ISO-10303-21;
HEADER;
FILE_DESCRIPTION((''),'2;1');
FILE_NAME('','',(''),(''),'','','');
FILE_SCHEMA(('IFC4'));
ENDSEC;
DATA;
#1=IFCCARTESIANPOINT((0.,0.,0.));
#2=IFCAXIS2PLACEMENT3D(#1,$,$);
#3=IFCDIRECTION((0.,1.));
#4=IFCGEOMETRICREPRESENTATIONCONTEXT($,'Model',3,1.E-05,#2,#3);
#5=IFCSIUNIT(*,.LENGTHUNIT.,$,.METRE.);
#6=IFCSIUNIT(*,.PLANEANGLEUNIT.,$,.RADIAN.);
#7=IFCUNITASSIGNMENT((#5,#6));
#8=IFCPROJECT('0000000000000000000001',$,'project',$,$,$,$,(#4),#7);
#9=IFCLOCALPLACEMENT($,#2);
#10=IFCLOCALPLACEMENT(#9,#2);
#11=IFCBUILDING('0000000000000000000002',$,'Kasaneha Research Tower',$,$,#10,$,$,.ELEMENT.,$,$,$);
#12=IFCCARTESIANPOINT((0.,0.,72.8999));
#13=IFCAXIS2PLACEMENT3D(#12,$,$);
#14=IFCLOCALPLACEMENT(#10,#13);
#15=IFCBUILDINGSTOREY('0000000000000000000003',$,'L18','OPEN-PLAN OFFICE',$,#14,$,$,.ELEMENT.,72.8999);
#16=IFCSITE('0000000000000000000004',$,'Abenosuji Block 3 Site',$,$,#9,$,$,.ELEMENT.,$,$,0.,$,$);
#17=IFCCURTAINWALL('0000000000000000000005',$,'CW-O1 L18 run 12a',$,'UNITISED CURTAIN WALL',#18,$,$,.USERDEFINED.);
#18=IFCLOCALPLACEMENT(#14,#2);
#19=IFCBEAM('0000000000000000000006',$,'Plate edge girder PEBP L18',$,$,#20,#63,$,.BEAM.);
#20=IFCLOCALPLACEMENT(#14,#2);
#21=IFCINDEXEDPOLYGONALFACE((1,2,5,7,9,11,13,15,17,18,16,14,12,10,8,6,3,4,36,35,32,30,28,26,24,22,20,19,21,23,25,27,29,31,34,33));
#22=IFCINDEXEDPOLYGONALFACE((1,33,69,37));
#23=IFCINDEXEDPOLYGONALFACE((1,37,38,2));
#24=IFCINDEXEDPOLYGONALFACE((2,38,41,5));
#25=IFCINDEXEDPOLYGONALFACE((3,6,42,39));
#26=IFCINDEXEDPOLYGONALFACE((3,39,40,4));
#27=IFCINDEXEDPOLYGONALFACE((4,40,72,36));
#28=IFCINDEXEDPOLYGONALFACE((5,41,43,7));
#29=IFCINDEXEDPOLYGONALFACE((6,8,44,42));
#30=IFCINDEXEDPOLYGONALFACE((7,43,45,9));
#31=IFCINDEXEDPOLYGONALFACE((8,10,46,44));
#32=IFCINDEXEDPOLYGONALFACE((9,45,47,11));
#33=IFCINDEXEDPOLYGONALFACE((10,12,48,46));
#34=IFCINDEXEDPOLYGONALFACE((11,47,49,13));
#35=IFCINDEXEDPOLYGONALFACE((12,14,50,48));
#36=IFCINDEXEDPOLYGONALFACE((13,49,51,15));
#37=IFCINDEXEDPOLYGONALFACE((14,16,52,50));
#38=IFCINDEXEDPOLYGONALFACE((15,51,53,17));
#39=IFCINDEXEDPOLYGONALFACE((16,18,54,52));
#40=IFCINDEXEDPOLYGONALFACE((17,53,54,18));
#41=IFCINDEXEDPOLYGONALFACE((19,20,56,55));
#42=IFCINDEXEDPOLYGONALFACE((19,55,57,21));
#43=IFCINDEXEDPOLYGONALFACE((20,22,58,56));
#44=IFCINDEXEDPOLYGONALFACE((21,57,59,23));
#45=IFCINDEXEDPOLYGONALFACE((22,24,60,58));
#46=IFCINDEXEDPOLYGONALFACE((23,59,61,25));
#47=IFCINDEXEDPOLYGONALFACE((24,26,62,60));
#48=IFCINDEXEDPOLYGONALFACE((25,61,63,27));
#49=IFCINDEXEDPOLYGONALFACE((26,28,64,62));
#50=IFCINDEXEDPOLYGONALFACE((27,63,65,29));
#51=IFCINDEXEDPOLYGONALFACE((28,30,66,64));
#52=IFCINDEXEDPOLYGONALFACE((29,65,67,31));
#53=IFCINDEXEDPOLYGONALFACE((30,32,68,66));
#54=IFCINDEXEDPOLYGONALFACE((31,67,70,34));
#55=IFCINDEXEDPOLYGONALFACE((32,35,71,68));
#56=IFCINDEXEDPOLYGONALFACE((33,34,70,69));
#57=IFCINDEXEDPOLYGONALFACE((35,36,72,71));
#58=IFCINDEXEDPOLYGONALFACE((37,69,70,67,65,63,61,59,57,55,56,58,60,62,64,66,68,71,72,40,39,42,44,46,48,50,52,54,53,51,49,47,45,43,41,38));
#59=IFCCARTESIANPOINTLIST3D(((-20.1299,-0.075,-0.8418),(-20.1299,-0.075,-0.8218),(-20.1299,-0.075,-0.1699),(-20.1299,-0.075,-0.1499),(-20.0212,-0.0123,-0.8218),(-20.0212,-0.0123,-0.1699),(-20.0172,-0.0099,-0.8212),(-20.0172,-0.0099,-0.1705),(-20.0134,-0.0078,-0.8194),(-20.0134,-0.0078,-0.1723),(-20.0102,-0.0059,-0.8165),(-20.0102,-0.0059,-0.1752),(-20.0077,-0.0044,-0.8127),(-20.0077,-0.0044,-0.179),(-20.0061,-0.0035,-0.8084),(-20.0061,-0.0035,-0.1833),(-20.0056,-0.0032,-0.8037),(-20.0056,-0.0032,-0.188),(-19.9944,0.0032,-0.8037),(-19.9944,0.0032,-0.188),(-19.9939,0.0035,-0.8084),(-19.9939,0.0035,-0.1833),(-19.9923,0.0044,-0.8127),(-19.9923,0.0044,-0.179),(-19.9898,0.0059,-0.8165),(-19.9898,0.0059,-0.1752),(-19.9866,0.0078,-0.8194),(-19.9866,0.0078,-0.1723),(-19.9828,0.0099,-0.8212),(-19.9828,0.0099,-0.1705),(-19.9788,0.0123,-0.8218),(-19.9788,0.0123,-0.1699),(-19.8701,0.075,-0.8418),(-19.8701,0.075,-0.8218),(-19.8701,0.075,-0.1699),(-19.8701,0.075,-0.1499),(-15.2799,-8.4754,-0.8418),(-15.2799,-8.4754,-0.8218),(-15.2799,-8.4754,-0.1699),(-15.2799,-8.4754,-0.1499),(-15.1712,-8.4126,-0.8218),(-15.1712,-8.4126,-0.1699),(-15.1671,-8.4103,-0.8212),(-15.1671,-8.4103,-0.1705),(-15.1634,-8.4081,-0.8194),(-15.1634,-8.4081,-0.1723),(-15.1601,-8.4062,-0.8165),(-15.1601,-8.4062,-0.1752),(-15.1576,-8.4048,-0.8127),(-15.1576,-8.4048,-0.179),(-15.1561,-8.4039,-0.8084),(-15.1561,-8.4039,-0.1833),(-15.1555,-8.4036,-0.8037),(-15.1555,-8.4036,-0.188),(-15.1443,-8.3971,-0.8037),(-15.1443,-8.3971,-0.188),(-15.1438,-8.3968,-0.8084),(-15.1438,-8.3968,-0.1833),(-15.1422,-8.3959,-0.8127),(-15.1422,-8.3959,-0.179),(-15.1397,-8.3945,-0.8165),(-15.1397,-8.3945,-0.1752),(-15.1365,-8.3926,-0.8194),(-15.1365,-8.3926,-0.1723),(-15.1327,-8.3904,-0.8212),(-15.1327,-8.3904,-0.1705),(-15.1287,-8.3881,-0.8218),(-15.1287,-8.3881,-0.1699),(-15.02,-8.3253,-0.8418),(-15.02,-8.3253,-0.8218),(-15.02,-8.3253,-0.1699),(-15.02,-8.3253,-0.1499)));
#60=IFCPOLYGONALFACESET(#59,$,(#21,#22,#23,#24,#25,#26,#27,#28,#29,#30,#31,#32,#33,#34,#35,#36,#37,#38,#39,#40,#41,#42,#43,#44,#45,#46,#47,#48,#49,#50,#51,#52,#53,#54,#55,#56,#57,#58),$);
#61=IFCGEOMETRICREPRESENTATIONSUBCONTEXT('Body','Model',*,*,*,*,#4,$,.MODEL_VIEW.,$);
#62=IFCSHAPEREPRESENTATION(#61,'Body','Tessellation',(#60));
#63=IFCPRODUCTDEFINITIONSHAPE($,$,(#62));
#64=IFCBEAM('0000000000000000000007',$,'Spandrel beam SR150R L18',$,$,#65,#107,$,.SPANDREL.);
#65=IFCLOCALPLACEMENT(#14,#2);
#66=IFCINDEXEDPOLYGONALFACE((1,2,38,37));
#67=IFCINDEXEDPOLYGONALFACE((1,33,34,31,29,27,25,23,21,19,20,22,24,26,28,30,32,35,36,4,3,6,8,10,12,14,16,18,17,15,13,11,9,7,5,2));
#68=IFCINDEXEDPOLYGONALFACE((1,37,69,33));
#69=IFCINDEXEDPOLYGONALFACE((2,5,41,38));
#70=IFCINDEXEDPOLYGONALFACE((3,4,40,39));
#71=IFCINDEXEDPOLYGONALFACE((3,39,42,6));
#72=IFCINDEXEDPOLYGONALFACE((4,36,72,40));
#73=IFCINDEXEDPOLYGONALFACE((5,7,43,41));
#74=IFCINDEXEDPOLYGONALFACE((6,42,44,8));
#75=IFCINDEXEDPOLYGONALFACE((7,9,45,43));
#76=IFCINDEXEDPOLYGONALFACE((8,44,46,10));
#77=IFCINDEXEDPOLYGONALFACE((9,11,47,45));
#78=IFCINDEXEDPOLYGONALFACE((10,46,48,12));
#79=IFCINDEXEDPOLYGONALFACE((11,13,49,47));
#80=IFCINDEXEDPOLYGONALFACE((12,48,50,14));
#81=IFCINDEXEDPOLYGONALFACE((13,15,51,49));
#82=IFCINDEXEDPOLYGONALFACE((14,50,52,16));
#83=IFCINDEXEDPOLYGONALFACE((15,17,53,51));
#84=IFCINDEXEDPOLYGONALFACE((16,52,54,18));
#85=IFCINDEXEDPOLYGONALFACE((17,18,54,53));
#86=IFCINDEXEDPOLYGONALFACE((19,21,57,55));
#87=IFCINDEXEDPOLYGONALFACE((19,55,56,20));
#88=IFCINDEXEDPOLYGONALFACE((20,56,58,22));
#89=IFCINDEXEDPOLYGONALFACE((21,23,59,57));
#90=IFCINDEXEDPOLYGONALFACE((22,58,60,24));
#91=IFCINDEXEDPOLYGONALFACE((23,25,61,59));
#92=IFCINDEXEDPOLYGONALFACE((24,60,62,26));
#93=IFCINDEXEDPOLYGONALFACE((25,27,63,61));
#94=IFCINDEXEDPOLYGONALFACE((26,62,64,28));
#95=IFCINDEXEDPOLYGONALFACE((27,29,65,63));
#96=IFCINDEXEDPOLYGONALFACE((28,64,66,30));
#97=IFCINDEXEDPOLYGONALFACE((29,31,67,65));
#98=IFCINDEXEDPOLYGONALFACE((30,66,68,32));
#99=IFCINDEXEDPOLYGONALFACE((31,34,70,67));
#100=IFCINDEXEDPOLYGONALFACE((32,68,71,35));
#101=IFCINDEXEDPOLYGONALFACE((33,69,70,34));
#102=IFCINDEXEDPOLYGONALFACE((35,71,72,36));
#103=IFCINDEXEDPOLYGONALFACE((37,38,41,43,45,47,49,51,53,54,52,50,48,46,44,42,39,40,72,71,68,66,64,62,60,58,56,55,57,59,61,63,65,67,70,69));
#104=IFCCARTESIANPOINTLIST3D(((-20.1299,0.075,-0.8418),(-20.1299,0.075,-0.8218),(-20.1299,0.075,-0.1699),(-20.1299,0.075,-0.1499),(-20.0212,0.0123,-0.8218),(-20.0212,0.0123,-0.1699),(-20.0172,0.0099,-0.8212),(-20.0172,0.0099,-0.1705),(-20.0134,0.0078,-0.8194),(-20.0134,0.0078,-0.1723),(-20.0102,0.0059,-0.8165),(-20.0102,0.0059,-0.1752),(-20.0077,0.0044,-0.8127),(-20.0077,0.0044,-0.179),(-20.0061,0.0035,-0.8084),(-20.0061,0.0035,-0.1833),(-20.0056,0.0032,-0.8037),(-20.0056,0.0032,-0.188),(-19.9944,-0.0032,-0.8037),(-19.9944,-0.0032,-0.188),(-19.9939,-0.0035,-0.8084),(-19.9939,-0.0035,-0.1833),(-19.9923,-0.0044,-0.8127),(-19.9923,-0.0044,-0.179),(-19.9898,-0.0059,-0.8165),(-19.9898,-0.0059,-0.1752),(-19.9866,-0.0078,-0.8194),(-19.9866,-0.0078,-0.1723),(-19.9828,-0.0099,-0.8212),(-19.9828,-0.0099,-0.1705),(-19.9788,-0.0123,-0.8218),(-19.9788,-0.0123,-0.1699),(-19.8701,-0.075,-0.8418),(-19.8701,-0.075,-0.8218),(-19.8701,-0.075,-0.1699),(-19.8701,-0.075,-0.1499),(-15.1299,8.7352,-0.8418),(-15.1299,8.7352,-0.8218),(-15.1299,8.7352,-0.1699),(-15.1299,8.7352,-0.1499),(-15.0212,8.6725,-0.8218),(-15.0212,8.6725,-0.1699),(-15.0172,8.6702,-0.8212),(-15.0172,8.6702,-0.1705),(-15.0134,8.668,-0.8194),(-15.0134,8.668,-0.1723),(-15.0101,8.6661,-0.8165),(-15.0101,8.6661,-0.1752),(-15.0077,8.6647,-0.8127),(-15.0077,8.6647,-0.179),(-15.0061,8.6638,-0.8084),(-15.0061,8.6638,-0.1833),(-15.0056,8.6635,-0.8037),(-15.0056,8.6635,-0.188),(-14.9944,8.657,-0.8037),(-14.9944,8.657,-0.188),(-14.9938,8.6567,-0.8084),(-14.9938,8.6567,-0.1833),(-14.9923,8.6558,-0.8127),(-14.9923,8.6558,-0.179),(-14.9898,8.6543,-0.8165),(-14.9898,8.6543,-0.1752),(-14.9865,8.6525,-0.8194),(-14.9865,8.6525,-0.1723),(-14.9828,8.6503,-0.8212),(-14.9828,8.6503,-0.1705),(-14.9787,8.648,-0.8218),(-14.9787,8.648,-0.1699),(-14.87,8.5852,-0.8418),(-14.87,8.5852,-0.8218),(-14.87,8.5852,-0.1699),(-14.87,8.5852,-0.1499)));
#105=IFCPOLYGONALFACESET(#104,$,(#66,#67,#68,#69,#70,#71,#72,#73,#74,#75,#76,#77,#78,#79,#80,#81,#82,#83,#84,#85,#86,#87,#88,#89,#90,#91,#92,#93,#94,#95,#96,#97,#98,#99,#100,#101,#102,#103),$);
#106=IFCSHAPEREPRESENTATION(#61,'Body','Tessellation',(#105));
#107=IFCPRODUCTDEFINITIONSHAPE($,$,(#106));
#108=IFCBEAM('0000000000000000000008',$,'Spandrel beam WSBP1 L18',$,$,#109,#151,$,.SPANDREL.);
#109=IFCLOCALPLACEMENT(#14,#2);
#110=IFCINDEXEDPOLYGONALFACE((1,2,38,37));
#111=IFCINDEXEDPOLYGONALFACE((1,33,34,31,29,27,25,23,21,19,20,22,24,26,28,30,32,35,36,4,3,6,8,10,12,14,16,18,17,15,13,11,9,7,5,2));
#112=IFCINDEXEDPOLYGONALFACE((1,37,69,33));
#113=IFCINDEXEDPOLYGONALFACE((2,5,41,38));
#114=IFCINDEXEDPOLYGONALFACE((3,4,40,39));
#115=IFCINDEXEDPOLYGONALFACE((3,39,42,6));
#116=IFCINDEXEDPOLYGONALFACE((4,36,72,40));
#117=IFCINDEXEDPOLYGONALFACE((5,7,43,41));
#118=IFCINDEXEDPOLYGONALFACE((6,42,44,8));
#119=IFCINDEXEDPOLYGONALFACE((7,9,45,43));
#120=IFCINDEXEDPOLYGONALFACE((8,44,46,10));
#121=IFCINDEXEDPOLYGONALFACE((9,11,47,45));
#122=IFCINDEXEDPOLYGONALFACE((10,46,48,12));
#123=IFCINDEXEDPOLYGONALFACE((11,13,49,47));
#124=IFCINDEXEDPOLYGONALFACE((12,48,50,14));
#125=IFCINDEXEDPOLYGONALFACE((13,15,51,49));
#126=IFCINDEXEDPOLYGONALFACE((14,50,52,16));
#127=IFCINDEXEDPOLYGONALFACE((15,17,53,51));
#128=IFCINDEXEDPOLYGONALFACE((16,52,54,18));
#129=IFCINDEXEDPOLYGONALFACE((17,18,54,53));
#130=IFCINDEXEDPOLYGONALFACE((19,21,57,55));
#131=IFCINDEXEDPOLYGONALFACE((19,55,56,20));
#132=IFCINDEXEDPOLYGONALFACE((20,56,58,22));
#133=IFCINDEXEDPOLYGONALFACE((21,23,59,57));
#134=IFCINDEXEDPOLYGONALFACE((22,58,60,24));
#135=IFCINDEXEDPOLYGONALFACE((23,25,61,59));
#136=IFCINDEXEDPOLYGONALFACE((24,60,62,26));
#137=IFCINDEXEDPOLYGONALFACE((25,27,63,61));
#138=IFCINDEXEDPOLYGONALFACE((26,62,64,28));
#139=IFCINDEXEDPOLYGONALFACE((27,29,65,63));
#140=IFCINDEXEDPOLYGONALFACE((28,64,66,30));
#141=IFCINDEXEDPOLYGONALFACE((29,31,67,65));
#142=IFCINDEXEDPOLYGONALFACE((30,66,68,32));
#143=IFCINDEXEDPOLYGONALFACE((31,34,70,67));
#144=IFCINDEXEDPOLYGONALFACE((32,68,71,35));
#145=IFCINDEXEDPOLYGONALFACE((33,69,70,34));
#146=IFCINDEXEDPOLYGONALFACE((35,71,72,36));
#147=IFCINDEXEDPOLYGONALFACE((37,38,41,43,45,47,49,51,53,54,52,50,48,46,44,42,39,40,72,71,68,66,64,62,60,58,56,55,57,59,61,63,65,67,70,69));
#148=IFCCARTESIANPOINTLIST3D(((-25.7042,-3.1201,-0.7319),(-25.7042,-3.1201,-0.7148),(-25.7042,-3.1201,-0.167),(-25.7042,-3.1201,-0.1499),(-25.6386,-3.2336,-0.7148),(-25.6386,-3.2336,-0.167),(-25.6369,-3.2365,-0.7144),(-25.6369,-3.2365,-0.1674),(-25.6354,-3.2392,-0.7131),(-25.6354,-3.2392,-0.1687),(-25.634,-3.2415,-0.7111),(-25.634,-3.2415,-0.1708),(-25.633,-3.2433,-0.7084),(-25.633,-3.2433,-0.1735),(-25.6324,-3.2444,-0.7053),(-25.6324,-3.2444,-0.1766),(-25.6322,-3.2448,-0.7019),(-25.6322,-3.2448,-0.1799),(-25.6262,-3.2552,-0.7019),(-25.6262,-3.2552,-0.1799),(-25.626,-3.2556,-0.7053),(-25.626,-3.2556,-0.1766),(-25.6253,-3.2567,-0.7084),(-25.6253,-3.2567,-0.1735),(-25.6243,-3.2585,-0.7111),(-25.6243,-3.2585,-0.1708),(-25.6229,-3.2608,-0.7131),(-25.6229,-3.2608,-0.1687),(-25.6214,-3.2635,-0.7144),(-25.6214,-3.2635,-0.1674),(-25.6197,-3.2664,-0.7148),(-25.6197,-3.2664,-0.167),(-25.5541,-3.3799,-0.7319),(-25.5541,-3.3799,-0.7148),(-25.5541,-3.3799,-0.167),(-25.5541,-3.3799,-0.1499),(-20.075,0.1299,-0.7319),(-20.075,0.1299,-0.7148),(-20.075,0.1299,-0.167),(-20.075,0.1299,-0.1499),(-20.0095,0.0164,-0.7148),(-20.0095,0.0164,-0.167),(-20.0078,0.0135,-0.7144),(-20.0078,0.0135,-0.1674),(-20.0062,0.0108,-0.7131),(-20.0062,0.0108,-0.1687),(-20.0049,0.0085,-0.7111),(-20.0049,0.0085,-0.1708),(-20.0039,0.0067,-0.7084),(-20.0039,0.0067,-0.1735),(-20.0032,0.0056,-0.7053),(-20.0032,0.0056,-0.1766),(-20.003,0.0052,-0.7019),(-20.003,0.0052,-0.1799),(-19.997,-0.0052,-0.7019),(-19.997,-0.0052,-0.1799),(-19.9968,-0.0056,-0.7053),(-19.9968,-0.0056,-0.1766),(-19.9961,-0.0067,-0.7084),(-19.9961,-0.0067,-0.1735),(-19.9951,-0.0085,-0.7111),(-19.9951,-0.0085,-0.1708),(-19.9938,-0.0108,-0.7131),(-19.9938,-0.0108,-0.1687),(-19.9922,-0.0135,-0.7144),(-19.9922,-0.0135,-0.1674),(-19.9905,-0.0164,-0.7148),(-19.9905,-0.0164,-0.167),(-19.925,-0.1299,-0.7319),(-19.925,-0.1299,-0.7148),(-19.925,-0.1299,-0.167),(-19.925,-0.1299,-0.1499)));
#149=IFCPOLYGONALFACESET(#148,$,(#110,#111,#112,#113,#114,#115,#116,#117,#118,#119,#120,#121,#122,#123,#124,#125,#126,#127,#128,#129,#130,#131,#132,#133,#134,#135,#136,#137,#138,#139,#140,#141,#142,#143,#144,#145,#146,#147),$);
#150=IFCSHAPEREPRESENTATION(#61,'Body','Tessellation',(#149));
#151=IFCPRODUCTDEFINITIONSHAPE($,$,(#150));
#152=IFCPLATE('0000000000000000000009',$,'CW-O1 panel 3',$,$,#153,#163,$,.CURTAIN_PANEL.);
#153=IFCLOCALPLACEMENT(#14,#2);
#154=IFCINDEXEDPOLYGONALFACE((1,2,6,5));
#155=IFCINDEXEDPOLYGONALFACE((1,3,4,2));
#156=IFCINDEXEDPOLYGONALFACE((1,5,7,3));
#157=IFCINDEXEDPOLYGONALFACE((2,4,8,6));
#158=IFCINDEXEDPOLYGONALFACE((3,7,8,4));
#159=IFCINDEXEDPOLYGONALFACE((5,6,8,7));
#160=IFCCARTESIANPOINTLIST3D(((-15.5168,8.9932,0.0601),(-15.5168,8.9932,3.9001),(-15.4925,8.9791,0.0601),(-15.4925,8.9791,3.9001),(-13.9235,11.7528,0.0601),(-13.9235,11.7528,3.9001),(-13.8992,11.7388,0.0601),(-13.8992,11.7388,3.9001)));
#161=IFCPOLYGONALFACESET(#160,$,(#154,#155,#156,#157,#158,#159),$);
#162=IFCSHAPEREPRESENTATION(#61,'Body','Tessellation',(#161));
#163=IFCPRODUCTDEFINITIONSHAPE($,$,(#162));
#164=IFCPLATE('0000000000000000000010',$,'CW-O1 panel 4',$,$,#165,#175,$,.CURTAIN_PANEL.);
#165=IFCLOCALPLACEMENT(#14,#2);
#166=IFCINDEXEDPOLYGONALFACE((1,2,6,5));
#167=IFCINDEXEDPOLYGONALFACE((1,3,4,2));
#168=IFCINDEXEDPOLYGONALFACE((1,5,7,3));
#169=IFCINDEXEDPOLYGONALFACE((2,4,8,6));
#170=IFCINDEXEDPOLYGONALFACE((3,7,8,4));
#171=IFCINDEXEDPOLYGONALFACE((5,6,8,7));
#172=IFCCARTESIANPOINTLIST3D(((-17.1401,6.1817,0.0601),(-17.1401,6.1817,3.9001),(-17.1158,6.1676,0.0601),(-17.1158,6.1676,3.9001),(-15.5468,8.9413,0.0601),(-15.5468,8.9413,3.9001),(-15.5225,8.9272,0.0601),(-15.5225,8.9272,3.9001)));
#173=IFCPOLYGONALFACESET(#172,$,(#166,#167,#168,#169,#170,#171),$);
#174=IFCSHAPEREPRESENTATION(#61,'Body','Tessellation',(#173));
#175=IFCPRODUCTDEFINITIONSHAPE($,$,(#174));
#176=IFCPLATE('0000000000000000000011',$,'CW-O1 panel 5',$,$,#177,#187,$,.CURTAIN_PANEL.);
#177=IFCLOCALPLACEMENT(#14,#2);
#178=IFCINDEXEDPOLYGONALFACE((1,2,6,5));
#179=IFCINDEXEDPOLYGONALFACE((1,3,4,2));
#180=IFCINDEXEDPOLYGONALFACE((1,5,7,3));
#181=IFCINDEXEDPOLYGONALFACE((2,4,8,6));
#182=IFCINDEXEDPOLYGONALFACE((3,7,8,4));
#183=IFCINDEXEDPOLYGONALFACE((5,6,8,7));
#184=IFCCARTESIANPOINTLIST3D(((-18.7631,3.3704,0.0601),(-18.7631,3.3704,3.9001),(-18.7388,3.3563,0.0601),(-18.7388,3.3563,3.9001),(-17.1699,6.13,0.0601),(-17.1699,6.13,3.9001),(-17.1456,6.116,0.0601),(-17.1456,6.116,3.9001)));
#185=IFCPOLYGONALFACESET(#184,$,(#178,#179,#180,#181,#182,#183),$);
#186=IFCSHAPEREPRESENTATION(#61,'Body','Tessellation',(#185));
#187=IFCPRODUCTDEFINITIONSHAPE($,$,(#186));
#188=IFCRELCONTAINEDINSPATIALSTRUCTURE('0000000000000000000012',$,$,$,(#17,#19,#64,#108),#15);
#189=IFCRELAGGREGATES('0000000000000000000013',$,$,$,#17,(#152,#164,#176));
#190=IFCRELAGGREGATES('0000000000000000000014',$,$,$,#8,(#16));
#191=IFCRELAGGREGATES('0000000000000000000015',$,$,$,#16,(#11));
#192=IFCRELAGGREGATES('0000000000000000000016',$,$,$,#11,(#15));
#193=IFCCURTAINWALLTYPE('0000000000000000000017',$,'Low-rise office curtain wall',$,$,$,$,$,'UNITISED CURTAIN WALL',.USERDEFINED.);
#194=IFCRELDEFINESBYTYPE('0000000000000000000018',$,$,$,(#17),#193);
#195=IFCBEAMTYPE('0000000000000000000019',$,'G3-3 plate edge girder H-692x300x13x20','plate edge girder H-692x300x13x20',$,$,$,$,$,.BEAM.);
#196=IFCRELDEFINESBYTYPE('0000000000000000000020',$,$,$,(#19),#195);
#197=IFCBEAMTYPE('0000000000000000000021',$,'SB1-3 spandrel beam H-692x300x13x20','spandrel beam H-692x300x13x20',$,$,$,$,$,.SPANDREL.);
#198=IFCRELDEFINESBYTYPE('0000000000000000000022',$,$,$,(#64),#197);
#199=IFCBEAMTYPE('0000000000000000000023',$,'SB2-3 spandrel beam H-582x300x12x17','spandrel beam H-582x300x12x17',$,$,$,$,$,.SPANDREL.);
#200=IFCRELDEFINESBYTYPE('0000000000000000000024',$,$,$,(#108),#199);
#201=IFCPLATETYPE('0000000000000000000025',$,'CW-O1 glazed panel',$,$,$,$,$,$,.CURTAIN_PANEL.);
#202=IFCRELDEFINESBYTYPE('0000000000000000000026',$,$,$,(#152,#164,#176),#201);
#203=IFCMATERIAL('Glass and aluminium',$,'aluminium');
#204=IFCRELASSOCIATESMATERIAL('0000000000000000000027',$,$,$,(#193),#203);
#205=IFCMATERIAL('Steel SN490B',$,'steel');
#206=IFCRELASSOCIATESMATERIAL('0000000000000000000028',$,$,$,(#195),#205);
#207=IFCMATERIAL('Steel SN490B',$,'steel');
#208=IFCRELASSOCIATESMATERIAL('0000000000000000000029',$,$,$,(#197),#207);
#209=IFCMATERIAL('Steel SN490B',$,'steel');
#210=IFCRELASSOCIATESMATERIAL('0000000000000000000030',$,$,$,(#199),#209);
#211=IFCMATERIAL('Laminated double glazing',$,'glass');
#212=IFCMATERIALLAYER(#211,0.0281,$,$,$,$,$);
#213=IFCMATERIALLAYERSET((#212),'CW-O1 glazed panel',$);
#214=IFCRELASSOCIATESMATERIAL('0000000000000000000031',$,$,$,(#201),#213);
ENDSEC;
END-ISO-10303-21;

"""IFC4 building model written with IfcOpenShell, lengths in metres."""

from ifc_helpers import new_model, si_unit, direction, frame, origin, origin_2d, place, context, subcontext, project, spatial, rectangle, i_section, extrude, material, layer, layer_set, material_profile, profile_set, type_object, element, aggregate, save


model = new_model("IFC4")

# Units and contexts
model_context = context("Model", 3, precision=1e-05, world=origin(), true_north=direction((0.0, 1.0)))
body_context = subcontext(model_context, "Body", "Model", "MODEL_VIEW")
ifc_project = project(units=[si_unit("LENGTHUNIT", "METRE"), si_unit("PLANEANGLEUNIT", "RADIAN")], contexts=[model_context])

# Site, building, storey
site_placement = place(None, origin())
site = spatial("IfcSite", under=ifc_project, at=site_placement, Name="Abenosuji Block 3 Site", CompositionType="ELEMENT", RefElevation=0.0)
building_placement = place(site_placement, origin())
building = spatial("IfcBuilding", under=site, at=building_placement, Name="Kasaneha Research Tower", CompositionType="ELEMENT")
storey_placement = place(building_placement, frame((0.0, 0.0, 72.8999)))
storey = spatial("IfcBuildingStorey", under=building, at=storey_placement, Name="L18", Description="OPEN-PLAN OFFICE", CompositionType="ELEMENT", Elevation=72.8999)

# Curtain wall
ifc_material_1 = material(Name="Glass and aluminium", Category="aluminium")
curtain_wall_type = type_object("IfcCurtainWallType", Name="Low-rise office curtain wall", ElementType="UNITISED CURTAIN WALL", PredefinedType="USERDEFINED", material=ifc_material_1)
curtain_wall_1_placement = place(storey_placement, origin())
curtain_wall_1 = element("IfcCurtainWall", 1, at=curtain_wall_1_placement, inside=storey, type_object=curtain_wall_type, Name="CW-O1 L18 run 12a", ObjectType="UNITISED CURTAIN WALL", PredefinedType="USERDEFINED")

# Beams
ifc_material_2 = material(Name="Steel SN490B", Category="steel")
ifc_material_profile_1 = material_profile(ifc_material_2, i_section(OverallWidth=0.3, OverallDepth=0.6919, WebThickness=0.0129, FlangeThickness=0.02, FilletRadius=0.0181, at=origin_2d()), Name="H-692x300x13x20")
ifc_profile_set_1 = profile_set([ifc_material_profile_1], Name="Steel SN490B")
beam_type_1 = type_object("IfcBeamType", Name="G3-3 plate edge girder H-692x300x13x20", Description="plate edge girder H-692x300x13x20", PredefinedType="BEAM", material=ifc_profile_set_1)
beam_1_placement = place(storey_placement, frame((-20.0, 0.0, -0.4958), z_axis=(0.50001, -0.86602, 0.0), x_axis=(0.86602, 0.50001, 0.0)))
element("IfcBeam", 2, at=beam_1_placement, inside=storey, type_object=beam_type_1, Name="Plate edge girder PEBP L18", PredefinedType="BEAM", context=body_context, shape_type="SweptSolid", body=[
    extrude(i_section(OverallWidth=0.3, OverallDepth=0.6919, WebThickness=0.0129, FlangeThickness=0.02, FilletRadius=0.0181, at=origin_2d()), origin(), (0.0, 0.0, 1.0), 9.7),
])
ifc_material_3 = material(Name="Steel SN490B", Category="steel")
ifc_material_profile_2 = material_profile(ifc_material_3, i_section(OverallWidth=0.3, OverallDepth=0.6919, WebThickness=0.0129, FlangeThickness=0.02, FilletRadius=0.0181, at=origin_2d()), Name="H-692x300x13x20")
ifc_profile_set_2 = profile_set([ifc_material_profile_2], Name="Steel SN490B")
beam_type_2 = type_object("IfcBeamType", Name="SB1-3 spandrel beam H-692x300x13x20", Description="spandrel beam H-692x300x13x20", PredefinedType="SPANDREL", material=ifc_profile_set_2)
beam_2_placement = place(storey_placement, frame((-20.0, 0.0, -0.4958), z_axis=(0.500004, 0.866023, 0.0), x_axis=(-0.866023, 0.500004, 0.0)))
element("IfcBeam", 3, at=beam_2_placement, inside=storey, type_object=beam_type_2, Name="Spandrel beam SR150R L18", PredefinedType="SPANDREL", context=body_context, shape_type="SweptSolid", body=[
    extrude(i_section(OverallWidth=0.3, OverallDepth=0.6919, WebThickness=0.0129, FlangeThickness=0.02, FilletRadius=0.0181, at=origin_2d()), origin(), (0.0, 0.0, 1.0), 10.0),
])
ifc_material_4 = material(Name="Steel SN490B", Category="steel")
ifc_material_profile_3 = material_profile(ifc_material_4, i_section(OverallWidth=0.3, OverallDepth=0.582, WebThickness=0.012, FlangeThickness=0.0171, FilletRadius=0.0129, at=origin_2d()), Name="H-582x300x12x17")
ifc_profile_set_3 = profile_set([ifc_material_profile_3], Name="Steel SN490B")
beam_type_3 = type_object("IfcBeamType", Name="SB2-3 spandrel beam H-582x300x12x17", Description="spandrel beam H-582x300x12x17", PredefinedType="SPANDREL", material=ifc_profile_set_3)
beam_3_placement = place(storey_placement, frame((-20.0, 0.0, -0.4409), z_axis=(-0.866025, -0.500001, 0.0), x_axis=(0.500001, -0.866025, 0.0)))
element("IfcBeam", 4, at=beam_3_placement, inside=storey, type_object=beam_type_3, Name="Spandrel beam WSBP1 L18", PredefinedType="SPANDREL", context=body_context, shape_type="SweptSolid", body=[
    extrude(i_section(OverallWidth=0.3, OverallDepth=0.582, WebThickness=0.012, FlangeThickness=0.0171, FilletRadius=0.0129, at=origin_2d()), origin(), (0.0, 0.0, 1.0), 6.5),
])

# Plates
ifc_material_5 = material(Name="Laminated double glazing", Category="glass")
ifc_layer_1 = layer(ifc_material_5, 0.0281)
ifc_layer_set_1 = layer_set([ifc_layer_1], Name="CW-O1 glazed panel")
plate_type = type_object("IfcPlateType", Name="CW-O1 glazed panel", PredefinedType="CURTAIN_PANEL", material=ifc_layer_set_1)
plate_1_placement = place(storey_placement, frame((-14.708, 10.366, 0.0601), z_axis=(0.0, 0.0, 1.0), x_axis=(-0.5, -0.866025, 0.0)))
plate_1 = element("IfcPlate", 5, at=plate_1_placement, type_object=plate_type, Name="CW-O1 panel 3", PredefinedType="CURTAIN_PANEL", context=body_context, shape_type="SweptSolid", body=[
    extrude(rectangle(XDim=3.1865, YDim=0.0281, at=origin_2d()), origin(), (0.0, 0.0, 1.0), 3.8401),
])
plate_2_placement = place(storey_placement, frame((-16.3313, 7.5544, 0.0601), z_axis=(0.0, 0.0, 1.0), x_axis=(-0.5, -0.866025, 0.0)))
plate_2 = element("IfcPlate", 6, at=plate_2_placement, type_object=plate_type, Name="CW-O1 panel 4", PredefinedType="CURTAIN_PANEL", context=body_context, shape_type="SweptSolid", body=[
    extrude(rectangle(XDim=3.1865, YDim=0.0281, at=origin_2d()), origin(), (0.0, 0.0, 1.0), 3.8401),
])
plate_3_placement = place(storey_placement, frame((-17.9543, 4.7432, 0.0601), z_axis=(0.0, 0.0, 1.0), x_axis=(-0.5, -0.866025, 0.0)))
plate_3 = element("IfcPlate", 7, at=plate_3_placement, type_object=plate_type, Name="CW-O1 panel 5", PredefinedType="CURTAIN_PANEL", context=body_context, shape_type="SweptSolid", body=[
    extrude(rectangle(XDim=3.1865, YDim=0.0281, at=origin_2d()), origin(), (0.0, 0.0, 1.0), 3.8401),
])
aggregate(curtain_wall_1, [plate_1, plate_2, plate_3])

save(model, "model.ifc")
